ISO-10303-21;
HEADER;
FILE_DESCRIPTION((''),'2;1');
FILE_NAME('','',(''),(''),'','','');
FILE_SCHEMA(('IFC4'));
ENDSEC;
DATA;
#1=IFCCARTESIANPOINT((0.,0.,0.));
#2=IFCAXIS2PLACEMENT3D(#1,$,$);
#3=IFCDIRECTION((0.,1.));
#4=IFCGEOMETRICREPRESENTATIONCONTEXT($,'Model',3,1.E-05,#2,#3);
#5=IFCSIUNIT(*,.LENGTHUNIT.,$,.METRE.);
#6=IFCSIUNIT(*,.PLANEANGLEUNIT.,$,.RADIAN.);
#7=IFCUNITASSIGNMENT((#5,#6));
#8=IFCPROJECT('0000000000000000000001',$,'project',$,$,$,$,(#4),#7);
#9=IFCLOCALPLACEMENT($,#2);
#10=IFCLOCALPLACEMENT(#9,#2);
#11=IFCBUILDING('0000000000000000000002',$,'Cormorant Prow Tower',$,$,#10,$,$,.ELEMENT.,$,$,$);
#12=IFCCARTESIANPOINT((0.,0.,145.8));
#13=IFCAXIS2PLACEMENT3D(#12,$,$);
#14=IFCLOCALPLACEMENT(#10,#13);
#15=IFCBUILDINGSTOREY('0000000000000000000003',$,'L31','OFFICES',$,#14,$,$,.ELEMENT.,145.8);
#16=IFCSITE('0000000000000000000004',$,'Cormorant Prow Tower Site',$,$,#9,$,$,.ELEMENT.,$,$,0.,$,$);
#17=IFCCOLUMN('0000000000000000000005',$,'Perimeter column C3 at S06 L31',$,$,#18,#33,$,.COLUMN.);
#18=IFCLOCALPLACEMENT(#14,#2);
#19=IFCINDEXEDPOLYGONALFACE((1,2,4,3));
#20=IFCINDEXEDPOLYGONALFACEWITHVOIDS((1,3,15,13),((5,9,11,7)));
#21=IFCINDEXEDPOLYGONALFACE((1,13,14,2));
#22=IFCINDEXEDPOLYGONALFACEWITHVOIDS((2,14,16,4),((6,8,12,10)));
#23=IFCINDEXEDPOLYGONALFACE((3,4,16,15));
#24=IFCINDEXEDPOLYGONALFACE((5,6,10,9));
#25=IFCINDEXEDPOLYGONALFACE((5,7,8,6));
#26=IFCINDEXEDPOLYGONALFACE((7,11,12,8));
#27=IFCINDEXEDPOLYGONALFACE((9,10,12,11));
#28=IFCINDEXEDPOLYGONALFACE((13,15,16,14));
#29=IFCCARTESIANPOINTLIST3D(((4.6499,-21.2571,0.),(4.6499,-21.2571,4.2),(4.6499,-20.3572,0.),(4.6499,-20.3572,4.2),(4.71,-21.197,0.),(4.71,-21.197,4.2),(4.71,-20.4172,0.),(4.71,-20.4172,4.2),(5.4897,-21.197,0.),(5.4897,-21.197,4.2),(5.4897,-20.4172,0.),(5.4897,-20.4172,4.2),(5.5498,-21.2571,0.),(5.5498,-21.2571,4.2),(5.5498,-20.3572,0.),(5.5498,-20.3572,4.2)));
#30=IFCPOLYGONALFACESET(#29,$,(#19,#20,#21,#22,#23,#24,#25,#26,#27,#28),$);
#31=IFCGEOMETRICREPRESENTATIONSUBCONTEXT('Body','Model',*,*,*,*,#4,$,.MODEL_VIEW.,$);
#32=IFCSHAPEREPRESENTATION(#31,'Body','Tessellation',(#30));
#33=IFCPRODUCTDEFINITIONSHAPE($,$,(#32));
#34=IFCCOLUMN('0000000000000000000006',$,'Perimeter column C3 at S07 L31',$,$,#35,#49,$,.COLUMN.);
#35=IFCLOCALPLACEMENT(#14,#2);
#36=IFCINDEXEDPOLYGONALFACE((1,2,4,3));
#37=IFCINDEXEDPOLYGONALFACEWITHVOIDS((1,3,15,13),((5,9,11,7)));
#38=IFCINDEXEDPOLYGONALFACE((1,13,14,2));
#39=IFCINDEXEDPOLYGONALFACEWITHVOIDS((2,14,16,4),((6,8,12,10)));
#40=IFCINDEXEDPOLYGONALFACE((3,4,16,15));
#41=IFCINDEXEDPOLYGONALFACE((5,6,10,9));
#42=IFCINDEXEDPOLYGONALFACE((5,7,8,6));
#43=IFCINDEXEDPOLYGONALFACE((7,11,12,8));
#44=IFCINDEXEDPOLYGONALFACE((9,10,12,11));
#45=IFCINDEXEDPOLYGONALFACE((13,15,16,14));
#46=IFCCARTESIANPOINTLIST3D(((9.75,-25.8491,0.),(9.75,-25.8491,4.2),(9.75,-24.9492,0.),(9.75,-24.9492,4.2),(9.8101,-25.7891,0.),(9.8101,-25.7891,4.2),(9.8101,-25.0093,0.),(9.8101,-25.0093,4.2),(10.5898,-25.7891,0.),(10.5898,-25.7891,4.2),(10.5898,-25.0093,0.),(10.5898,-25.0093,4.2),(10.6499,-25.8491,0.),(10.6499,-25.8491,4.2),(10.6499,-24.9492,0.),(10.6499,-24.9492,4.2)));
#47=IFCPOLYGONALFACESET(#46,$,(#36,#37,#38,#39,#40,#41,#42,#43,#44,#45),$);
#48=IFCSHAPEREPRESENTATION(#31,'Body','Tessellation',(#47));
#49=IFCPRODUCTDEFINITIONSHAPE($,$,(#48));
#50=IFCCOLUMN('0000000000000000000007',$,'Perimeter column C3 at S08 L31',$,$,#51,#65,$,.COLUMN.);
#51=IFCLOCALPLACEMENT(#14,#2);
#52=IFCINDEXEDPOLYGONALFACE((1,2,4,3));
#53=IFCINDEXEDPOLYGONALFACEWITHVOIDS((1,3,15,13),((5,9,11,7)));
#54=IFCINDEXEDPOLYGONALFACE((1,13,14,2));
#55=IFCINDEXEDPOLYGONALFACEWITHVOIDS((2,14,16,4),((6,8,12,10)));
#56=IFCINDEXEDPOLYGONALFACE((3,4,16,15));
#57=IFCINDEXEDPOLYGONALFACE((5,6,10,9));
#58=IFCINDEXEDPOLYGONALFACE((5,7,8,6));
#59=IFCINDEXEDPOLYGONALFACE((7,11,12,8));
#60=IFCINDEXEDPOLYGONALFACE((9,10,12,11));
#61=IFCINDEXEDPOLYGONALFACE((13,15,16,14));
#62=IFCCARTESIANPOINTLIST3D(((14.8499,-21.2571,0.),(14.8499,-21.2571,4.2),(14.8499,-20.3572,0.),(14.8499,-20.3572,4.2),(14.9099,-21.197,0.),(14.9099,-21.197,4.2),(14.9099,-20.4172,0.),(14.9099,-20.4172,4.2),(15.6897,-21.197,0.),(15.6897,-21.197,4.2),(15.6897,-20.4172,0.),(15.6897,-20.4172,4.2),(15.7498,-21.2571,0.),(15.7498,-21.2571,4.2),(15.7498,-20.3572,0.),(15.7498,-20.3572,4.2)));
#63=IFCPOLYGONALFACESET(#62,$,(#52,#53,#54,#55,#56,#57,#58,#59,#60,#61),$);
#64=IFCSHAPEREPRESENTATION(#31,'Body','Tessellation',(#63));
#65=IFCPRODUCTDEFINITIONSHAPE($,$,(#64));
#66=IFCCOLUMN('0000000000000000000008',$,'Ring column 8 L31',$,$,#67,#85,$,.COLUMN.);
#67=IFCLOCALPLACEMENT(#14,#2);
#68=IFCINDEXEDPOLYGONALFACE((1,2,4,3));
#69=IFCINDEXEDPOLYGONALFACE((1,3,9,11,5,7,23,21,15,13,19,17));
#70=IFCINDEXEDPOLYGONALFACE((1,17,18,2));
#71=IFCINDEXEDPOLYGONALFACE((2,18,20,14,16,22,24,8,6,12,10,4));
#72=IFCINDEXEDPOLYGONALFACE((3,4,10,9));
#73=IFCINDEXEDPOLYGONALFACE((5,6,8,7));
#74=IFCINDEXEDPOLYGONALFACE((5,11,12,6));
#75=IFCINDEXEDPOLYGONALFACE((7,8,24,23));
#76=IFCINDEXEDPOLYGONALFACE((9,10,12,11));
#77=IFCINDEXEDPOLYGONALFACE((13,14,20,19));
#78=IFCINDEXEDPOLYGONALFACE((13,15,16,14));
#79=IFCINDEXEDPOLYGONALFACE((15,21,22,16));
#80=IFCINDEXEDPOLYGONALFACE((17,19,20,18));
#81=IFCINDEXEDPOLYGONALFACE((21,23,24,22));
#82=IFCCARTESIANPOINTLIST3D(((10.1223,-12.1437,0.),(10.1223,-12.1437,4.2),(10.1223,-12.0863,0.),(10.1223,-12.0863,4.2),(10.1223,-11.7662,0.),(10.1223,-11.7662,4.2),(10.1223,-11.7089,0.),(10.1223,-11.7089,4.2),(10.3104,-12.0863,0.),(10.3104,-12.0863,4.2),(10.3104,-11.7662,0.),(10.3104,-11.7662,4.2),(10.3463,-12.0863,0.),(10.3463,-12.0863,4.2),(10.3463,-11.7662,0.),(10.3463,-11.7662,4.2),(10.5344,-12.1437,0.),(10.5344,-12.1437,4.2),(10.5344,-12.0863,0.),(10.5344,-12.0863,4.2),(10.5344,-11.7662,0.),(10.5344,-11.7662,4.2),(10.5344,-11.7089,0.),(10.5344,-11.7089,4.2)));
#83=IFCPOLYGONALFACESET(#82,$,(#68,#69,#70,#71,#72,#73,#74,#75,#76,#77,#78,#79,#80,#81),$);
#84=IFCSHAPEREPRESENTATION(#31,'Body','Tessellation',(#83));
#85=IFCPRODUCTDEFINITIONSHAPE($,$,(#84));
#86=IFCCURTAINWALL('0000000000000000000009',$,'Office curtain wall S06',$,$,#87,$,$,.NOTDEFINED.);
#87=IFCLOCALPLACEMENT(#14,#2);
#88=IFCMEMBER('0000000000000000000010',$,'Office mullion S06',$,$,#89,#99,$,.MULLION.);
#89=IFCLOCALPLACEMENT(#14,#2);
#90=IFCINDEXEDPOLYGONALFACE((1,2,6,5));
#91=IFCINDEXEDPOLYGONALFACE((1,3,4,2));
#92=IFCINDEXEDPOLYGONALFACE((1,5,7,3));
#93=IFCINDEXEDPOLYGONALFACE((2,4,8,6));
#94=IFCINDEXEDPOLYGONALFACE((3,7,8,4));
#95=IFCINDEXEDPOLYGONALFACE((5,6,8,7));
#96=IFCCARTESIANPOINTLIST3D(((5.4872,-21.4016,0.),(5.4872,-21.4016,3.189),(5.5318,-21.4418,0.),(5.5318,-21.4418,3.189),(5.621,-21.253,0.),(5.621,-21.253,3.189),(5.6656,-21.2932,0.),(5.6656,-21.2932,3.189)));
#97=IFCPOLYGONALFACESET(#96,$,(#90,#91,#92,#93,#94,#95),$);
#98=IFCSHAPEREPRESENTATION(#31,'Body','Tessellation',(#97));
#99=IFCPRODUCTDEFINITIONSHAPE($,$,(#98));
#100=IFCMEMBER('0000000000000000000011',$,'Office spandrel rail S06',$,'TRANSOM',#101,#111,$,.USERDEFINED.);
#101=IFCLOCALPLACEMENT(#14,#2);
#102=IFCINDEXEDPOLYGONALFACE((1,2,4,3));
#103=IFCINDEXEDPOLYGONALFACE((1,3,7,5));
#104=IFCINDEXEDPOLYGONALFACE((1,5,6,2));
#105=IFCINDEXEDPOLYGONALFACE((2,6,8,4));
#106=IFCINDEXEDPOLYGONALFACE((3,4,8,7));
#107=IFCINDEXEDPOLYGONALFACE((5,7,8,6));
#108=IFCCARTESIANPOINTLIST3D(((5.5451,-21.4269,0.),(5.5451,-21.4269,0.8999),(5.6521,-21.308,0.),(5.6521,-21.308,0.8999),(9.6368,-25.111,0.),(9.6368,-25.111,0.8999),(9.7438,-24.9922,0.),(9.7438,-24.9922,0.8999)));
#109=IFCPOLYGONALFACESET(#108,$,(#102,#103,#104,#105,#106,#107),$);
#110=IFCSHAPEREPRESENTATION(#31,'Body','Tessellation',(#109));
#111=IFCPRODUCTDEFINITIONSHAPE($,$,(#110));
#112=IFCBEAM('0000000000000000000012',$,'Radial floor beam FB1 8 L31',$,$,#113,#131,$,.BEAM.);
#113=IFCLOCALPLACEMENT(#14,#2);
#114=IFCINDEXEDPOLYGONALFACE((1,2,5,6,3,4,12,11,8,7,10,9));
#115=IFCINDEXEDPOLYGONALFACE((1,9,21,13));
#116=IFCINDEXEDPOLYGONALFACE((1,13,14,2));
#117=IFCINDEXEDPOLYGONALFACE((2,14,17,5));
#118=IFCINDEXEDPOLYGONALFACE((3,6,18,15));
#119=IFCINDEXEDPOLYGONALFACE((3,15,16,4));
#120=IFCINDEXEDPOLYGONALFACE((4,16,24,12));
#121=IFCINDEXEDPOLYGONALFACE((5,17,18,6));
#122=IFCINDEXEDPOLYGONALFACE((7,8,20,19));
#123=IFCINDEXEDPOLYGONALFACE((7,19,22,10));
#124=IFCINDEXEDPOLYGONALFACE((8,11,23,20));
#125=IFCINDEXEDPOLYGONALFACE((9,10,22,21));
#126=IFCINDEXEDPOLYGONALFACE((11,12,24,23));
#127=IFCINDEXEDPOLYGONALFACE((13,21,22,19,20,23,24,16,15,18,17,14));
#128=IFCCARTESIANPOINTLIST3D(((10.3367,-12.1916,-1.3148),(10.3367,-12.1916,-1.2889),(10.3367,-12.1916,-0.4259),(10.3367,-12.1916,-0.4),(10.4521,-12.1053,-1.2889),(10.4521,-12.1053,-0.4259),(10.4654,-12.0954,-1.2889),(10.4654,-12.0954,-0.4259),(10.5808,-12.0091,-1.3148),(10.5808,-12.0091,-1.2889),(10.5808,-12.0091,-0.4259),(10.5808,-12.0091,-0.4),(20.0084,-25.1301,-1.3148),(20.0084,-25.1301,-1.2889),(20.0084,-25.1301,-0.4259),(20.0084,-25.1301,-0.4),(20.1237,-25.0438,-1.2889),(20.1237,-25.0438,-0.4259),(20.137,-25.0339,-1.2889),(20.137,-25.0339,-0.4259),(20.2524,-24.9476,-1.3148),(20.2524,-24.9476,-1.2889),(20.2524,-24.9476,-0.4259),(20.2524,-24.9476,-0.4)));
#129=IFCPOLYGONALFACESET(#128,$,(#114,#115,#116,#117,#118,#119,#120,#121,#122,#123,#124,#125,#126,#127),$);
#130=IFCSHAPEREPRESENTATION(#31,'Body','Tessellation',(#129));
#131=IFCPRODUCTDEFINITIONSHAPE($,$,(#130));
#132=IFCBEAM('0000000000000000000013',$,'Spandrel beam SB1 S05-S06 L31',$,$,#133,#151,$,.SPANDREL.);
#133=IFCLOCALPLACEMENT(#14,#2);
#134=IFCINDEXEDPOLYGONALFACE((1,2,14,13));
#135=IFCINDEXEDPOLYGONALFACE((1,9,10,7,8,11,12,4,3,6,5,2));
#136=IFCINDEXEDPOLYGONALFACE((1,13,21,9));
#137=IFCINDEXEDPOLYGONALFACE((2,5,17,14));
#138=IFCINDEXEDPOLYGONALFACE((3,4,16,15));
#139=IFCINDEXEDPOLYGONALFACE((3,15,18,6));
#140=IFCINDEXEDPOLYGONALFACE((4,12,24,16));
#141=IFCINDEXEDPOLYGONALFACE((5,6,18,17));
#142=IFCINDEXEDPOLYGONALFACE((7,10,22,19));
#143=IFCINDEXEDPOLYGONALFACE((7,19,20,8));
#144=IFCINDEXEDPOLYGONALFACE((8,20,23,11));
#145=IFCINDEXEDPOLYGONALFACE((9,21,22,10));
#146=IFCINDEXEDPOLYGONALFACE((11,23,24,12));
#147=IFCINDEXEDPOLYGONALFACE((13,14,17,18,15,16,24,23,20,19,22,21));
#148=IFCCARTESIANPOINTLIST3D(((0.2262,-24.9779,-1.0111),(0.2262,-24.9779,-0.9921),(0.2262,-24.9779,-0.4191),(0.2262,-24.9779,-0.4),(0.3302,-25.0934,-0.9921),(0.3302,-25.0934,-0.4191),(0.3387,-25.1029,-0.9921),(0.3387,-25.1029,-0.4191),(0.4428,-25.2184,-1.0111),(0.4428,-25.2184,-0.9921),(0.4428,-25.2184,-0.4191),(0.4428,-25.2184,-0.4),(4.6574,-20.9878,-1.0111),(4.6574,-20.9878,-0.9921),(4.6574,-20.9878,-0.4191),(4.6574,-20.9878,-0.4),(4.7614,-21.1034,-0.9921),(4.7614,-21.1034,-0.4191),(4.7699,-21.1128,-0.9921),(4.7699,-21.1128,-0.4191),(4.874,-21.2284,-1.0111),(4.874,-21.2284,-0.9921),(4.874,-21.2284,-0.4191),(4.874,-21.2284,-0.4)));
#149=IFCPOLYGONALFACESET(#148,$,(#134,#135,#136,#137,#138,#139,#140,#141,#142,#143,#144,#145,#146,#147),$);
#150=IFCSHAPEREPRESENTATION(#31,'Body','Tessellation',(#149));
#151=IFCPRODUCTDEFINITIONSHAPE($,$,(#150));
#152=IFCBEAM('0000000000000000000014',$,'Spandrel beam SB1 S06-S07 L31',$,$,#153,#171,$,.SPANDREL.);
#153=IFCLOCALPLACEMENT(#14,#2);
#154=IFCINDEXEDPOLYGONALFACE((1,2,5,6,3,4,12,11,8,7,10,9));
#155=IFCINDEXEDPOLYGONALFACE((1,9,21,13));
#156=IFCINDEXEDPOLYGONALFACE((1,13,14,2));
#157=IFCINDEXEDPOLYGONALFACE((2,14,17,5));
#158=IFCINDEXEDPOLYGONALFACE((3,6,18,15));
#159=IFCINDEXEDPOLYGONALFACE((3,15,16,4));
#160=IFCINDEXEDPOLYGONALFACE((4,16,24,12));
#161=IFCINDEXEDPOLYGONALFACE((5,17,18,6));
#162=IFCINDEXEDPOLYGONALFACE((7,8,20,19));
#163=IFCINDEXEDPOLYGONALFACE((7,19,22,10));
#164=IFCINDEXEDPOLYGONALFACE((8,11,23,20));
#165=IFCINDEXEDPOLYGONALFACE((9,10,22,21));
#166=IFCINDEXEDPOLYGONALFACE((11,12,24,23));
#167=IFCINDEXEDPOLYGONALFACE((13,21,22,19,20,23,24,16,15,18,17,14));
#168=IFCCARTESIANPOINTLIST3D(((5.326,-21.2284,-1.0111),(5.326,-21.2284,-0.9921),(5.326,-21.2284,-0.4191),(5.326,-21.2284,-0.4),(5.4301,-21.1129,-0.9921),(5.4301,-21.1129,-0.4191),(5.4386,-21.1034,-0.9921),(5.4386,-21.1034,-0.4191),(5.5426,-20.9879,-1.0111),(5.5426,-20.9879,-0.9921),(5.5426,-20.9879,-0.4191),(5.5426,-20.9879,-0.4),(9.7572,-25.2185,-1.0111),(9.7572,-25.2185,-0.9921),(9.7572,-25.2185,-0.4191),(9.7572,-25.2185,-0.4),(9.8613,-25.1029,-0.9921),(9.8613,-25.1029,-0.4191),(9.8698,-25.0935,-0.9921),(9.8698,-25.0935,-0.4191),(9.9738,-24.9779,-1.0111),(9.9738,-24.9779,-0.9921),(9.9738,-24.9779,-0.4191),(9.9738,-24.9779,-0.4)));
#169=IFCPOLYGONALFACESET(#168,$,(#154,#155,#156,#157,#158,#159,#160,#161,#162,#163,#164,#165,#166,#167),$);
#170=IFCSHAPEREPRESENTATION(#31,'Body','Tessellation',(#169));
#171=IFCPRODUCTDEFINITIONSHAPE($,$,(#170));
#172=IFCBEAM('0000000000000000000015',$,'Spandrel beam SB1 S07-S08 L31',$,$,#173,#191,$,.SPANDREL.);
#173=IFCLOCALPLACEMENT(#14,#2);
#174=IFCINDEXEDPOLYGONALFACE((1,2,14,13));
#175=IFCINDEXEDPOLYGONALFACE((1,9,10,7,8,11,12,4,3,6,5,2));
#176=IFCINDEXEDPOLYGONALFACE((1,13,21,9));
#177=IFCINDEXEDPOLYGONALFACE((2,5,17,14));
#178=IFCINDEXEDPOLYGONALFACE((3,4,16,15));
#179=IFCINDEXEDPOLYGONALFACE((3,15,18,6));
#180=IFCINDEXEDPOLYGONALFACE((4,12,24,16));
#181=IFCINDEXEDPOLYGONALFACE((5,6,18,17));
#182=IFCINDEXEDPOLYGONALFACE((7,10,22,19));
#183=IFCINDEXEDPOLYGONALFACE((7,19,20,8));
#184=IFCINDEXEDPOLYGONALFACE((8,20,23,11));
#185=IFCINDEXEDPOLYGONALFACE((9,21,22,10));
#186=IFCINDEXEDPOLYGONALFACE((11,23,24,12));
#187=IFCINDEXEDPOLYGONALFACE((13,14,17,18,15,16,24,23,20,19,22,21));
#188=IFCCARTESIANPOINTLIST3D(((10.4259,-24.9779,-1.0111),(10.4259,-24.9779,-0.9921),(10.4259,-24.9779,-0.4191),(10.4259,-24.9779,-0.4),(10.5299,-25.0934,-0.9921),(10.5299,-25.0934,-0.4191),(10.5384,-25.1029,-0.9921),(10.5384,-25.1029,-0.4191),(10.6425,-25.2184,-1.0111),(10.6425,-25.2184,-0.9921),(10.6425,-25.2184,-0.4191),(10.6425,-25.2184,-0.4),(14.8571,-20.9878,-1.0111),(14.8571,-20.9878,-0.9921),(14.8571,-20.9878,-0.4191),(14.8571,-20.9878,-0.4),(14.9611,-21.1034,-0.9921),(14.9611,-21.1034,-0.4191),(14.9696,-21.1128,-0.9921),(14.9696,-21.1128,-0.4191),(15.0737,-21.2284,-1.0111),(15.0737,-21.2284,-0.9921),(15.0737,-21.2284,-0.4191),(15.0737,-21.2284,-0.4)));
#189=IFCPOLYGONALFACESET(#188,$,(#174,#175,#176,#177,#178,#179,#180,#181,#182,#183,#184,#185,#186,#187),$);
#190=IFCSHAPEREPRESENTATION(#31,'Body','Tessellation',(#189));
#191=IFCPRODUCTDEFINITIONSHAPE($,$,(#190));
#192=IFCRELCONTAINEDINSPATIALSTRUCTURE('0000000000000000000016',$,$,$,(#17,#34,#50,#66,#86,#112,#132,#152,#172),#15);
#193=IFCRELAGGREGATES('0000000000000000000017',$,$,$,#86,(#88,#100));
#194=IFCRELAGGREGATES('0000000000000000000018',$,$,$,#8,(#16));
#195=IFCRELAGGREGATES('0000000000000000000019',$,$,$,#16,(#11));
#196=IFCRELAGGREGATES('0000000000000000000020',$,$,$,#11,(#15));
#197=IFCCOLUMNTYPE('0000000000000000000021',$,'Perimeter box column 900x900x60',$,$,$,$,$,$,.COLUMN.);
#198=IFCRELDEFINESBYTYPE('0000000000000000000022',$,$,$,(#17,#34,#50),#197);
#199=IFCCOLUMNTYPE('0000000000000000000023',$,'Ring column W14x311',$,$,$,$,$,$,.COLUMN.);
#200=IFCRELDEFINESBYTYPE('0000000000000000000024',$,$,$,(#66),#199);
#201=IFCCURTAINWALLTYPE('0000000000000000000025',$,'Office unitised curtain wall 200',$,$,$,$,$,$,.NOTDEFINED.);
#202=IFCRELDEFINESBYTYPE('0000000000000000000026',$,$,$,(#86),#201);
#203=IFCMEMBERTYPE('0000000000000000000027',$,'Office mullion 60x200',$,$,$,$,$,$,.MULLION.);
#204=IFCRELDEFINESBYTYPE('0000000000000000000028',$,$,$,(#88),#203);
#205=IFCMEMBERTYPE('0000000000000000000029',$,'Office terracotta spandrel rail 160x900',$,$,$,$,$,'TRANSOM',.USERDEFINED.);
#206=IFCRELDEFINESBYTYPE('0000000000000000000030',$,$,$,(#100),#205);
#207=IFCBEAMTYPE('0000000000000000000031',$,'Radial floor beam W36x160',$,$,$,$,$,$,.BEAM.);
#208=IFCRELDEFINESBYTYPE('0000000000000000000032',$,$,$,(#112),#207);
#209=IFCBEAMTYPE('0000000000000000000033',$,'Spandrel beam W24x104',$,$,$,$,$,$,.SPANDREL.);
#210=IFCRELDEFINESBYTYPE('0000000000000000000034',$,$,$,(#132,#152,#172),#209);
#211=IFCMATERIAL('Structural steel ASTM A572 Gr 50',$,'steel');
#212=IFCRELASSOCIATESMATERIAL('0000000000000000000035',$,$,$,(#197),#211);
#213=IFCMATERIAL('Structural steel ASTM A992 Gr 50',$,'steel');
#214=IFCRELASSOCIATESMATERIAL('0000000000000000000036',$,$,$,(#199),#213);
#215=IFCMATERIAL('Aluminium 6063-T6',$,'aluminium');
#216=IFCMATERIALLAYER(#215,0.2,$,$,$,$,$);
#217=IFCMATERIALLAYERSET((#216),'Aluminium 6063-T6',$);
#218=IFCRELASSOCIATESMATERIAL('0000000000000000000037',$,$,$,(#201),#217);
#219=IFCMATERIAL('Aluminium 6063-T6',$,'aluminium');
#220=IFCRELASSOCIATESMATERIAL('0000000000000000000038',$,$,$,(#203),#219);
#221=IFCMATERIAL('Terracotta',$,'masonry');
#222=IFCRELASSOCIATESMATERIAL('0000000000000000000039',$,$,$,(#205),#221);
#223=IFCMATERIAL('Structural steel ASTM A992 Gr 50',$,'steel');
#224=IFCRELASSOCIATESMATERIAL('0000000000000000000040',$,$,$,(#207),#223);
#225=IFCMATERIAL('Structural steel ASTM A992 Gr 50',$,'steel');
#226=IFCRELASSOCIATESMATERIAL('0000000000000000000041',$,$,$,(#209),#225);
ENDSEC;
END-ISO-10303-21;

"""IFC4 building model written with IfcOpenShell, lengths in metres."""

from ifc_helpers import new_model, si_unit, direction, frame, origin, origin_2d, place, context, subcontext, project, spatial, rectangle, hollow_rectangle, i_section, extrude, material, layer, layer_set, material_profile, profile_set, type_object, element, aggregate, save


model = new_model("IFC4")

# Units and contexts
model_context = context("Model", 3, precision=1e-05, world=origin(), true_north=direction((0.0, 1.0)))
body_context = subcontext(model_context, "Body", "Model", "MODEL_VIEW")
ifc_project = project(units=[si_unit("LENGTHUNIT", "METRE"), si_unit("PLANEANGLEUNIT", "RADIAN")], contexts=[model_context])

# Site, building, storey
site_placement = place(None, origin())
site = spatial("IfcSite", under=ifc_project, at=site_placement, Name="Cormorant Prow Tower Site", CompositionType="ELEMENT", RefElevation=0.0)
building_placement = place(site_placement, origin())
building = spatial("IfcBuilding", under=site, at=building_placement, Name="Cormorant Prow Tower", CompositionType="ELEMENT")
storey_placement = place(building_placement, frame((0.0, 0.0, 145.8)))
storey = spatial("IfcBuildingStorey", under=building, at=storey_placement, Name="L31", Description="OFFICES", CompositionType="ELEMENT", Elevation=145.8)

# Columns
ifc_material_1 = material(Name="Structural steel ASTM A572 Gr 50", Category="steel")
ifc_material_profile_1 = material_profile(ifc_material_1, hollow_rectangle(XDim=0.8999, YDim=0.8999, WallThickness=0.0601, at=origin_2d()), Name="Box 900x900x60")
ifc_profile_set_1 = profile_set([ifc_material_profile_1], Name="Structural steel ASTM A572 Gr 50")
column_type_1 = type_object("IfcColumnType", Name="Perimeter box column 900x900x60", PredefinedType="COLUMN", material=ifc_profile_set_1)
for number, where, z_axis, x_axis, name in (
    (1, (5.0999, -20.8071, 0.0), (0.0, 0.0, 1.0), (1.0, 0.0, 0.0), "Perimeter column C3 at S06 L31"),
    (2, (10.2, -25.3992, 0.0), (0.0, 0.0, 1.0), (1.0, 0.0, 0.0), "Perimeter column C3 at S07 L31"),
    (3, (15.2998, -20.8071, 0.0), (0.0, 0.0, 1.0), (1.0, 0.0, 0.0), "Perimeter column C3 at S08 L31"),
):
    element("IfcColumn", number, at=place(storey_placement, frame(where, z_axis=z_axis, x_axis=x_axis)), inside=storey, type_object=column_type_1, Name=name, PredefinedType="COLUMN", context=body_context, shape_type="SweptSolid", body=[
        extrude(hollow_rectangle(XDim=0.8999, YDim=0.8999, WallThickness=0.0601, at=origin_2d()), origin(), (0.0, 0.0, 1.0), 4.2),
    ])
ifc_material_2 = material(Name="Structural steel ASTM A992 Gr 50", Category="steel")
ifc_material_profile_2 = material_profile(ifc_material_2, i_section(OverallWidth=0.4121, OverallDepth=0.4348, WebThickness=0.0359, FlangeThickness=0.0574, at=origin_2d()), Name="W14x311")
ifc_profile_set_2 = profile_set([ifc_material_profile_2], Name="Structural steel ASTM A992 Gr 50")
column_type_2 = type_object("IfcColumnType", Name="Ring column W14x311", PredefinedType="COLUMN", material=ifc_profile_set_2)
column_placement = place(storey_placement, frame((10.3284, -11.9263, 0.0), z_axis=(0.0, 0.0, 1.0), x_axis=(1.0, 0.0, 0.0)))
element("IfcColumn", 4, at=column_placement, inside=storey, type_object=column_type_2, Name="Ring column 8 L31", PredefinedType="COLUMN", context=body_context, shape_type="SweptSolid", body=[
    extrude(i_section(OverallWidth=0.4121, OverallDepth=0.4348, WebThickness=0.0359, FlangeThickness=0.0574, at=origin_2d()), origin(), (0.0, 0.0, 1.0), 4.2),
])

# Curtain wall, members
ifc_material_3 = material(Name="Aluminium 6063-T6", Category="aluminium")
ifc_layer_1 = layer(ifc_material_3, 0.2)
ifc_layer_set_1 = layer_set([ifc_layer_1], Name="Aluminium 6063-T6")
curtain_wall_type = type_object("IfcCurtainWallType", Name="Office unitised curtain wall 200", PredefinedType="NOTDEFINED", material=ifc_layer_set_1)
curtain_wall_placement = place(storey_placement, origin())
curtain_wall = element("IfcCurtainWall", 5, at=curtain_wall_placement, inside=storey, type_object=curtain_wall_type, Name="Office curtain wall S06", PredefinedType="NOTDEFINED")
ifc_material_4 = material(Name="Aluminium 6063-T6", Category="aluminium")
ifc_material_profile_3 = material_profile(ifc_material_4, rectangle(XDim=0.2, YDim=0.0601, at=origin_2d()), Name="Office mullion 60x200")
ifc_profile_set_3 = profile_set([ifc_material_profile_3], Name="Aluminium 6063-T6")
member_type_1 = type_object("IfcMemberType", Name="Office mullion 60x200", PredefinedType="MULLION", material=ifc_profile_set_3)
member_1_placement = place(storey_placement, frame((5.5764, -21.3474, 0.0), z_axis=(0.0, 0.0, 1.0), x_axis=(0.669131, 0.743145, 0.0)))
member_1 = element("IfcMember", 6, at=member_1_placement, type_object=member_type_1, Name="Office mullion S06", PredefinedType="MULLION", context=body_context, shape_type="SweptSolid", body=[
    extrude(rectangle(XDim=0.2, YDim=0.0601, at=origin_2d()), origin(), (0.0, 0.0, 1.0), 3.189),
])
ifc_material_5 = material(Name="Terracotta", Category="masonry")
ifc_material_profile_4 = material_profile(ifc_material_5, rectangle(XDim=0.1599, YDim=0.8999, at=origin_2d()), Name="Office terracotta spandrel rail 160x900")
ifc_profile_set_4 = profile_set([ifc_material_profile_4], Name="Terracotta")
member_type_2 = type_object("IfcMemberType", Name="Office terracotta spandrel rail 160x900", ElementType="TRANSOM", PredefinedType="USERDEFINED", material=ifc_profile_set_4)
member_2_placement = place(storey_placement, frame((5.5986, -21.3674, 0.45), z_axis=(0.743142, -0.669134, 0.0), x_axis=(0.669134, 0.743142, 0.0)))
member_2 = element("IfcMember", 7, at=member_2_placement, type_object=member_type_2, Name="Office spandrel rail S06", ObjectType="TRANSOM", PredefinedType="USERDEFINED", context=body_context, shape_type="SweptSolid", body=[
    extrude(rectangle(XDim=0.1599, YDim=0.8999, at=origin_2d()), origin(), (0.0, 0.0, 1.0), 5.5059),
])

# Beams
ifc_material_6 = material(Name="Structural steel ASTM A992 Gr 50", Category="steel")
ifc_material_profile_5 = material_profile(ifc_material_6, i_section(OverallWidth=0.3047, OverallDepth=0.9148, WebThickness=0.0166, FlangeThickness=0.0259, at=origin_2d()), Name="W36x160")
ifc_profile_set_5 = profile_set([ifc_material_profile_5], Name="Structural steel ASTM A992 Gr 50")
beam_type_1 = type_object("IfcBeamType", Name="Radial floor beam W36x160", PredefinedType="BEAM", material=ifc_profile_set_5)
beam_placement = place(storey_placement, frame((10.4587, -12.1003, -0.8574), z_axis=(0.598722, -0.800957, 0.0), x_axis=(0.800957, 0.598722, 0.0)))
element("IfcBeam", 8, at=beam_placement, inside=storey, type_object=beam_type_1, Name="Radial floor beam FB1 8 L31", PredefinedType="BEAM", context=body_context, shape_type="SweptSolid", body=[
    extrude(i_section(OverallWidth=0.3047, OverallDepth=0.9148, WebThickness=0.0166, FlangeThickness=0.0259, at=origin_2d()), origin(), (0.0, 0.0, 1.0), 16.1538),
])
ifc_material_7 = material(Name="Structural steel ASTM A992 Gr 50", Category="steel")
ifc_material_profile_6 = material_profile(ifc_material_7, i_section(OverallWidth=0.3237, OverallDepth=0.6111, WebThickness=0.0127, FlangeThickness=0.019, at=origin_2d()), Name="W24x104")
ifc_profile_set_6 = profile_set([ifc_material_profile_6], Name="Structural steel ASTM A992 Gr 50")
beam_type_2 = type_object("IfcBeamType", Name="Spandrel beam W24x104", PredefinedType="SPANDREL", material=ifc_profile_set_6)
for number, where, z_axis, x_axis, name in (
    (9, (0.3345, -25.0981, -0.7056), (0.743131, 0.669146, 0.0), (-0.669146, 0.743131, 0.0), "Spandrel beam SB1 S05-S06 L31"),
    (10, (5.4343, -21.1082, -0.7056), (0.743131, -0.669146, 0.0), (0.669146, 0.743131, 0.0), "Spandrel beam SB1 S06-S07 L31"),
    (11, (10.5342, -25.0981, -0.7056), (0.743131, 0.669146, 0.0), (-0.669146, 0.743131, 0.0), "Spandrel beam SB1 S07-S08 L31"),
):
    element("IfcBeam", number, at=place(storey_placement, frame(where, z_axis=z_axis, x_axis=x_axis)), inside=storey, type_object=beam_type_2, Name=name, PredefinedType="SPANDREL", context=body_context, shape_type="SweptSolid", body=[
        extrude(i_section(OverallWidth=0.3237, OverallDepth=0.6111, WebThickness=0.0127, FlangeThickness=0.019, at=origin_2d()), origin(), (0.0, 0.0, 1.0), 5.9629),
    ])

aggregate(curtain_wall, [member_1, member_2])

save(model, "model.ifc")
